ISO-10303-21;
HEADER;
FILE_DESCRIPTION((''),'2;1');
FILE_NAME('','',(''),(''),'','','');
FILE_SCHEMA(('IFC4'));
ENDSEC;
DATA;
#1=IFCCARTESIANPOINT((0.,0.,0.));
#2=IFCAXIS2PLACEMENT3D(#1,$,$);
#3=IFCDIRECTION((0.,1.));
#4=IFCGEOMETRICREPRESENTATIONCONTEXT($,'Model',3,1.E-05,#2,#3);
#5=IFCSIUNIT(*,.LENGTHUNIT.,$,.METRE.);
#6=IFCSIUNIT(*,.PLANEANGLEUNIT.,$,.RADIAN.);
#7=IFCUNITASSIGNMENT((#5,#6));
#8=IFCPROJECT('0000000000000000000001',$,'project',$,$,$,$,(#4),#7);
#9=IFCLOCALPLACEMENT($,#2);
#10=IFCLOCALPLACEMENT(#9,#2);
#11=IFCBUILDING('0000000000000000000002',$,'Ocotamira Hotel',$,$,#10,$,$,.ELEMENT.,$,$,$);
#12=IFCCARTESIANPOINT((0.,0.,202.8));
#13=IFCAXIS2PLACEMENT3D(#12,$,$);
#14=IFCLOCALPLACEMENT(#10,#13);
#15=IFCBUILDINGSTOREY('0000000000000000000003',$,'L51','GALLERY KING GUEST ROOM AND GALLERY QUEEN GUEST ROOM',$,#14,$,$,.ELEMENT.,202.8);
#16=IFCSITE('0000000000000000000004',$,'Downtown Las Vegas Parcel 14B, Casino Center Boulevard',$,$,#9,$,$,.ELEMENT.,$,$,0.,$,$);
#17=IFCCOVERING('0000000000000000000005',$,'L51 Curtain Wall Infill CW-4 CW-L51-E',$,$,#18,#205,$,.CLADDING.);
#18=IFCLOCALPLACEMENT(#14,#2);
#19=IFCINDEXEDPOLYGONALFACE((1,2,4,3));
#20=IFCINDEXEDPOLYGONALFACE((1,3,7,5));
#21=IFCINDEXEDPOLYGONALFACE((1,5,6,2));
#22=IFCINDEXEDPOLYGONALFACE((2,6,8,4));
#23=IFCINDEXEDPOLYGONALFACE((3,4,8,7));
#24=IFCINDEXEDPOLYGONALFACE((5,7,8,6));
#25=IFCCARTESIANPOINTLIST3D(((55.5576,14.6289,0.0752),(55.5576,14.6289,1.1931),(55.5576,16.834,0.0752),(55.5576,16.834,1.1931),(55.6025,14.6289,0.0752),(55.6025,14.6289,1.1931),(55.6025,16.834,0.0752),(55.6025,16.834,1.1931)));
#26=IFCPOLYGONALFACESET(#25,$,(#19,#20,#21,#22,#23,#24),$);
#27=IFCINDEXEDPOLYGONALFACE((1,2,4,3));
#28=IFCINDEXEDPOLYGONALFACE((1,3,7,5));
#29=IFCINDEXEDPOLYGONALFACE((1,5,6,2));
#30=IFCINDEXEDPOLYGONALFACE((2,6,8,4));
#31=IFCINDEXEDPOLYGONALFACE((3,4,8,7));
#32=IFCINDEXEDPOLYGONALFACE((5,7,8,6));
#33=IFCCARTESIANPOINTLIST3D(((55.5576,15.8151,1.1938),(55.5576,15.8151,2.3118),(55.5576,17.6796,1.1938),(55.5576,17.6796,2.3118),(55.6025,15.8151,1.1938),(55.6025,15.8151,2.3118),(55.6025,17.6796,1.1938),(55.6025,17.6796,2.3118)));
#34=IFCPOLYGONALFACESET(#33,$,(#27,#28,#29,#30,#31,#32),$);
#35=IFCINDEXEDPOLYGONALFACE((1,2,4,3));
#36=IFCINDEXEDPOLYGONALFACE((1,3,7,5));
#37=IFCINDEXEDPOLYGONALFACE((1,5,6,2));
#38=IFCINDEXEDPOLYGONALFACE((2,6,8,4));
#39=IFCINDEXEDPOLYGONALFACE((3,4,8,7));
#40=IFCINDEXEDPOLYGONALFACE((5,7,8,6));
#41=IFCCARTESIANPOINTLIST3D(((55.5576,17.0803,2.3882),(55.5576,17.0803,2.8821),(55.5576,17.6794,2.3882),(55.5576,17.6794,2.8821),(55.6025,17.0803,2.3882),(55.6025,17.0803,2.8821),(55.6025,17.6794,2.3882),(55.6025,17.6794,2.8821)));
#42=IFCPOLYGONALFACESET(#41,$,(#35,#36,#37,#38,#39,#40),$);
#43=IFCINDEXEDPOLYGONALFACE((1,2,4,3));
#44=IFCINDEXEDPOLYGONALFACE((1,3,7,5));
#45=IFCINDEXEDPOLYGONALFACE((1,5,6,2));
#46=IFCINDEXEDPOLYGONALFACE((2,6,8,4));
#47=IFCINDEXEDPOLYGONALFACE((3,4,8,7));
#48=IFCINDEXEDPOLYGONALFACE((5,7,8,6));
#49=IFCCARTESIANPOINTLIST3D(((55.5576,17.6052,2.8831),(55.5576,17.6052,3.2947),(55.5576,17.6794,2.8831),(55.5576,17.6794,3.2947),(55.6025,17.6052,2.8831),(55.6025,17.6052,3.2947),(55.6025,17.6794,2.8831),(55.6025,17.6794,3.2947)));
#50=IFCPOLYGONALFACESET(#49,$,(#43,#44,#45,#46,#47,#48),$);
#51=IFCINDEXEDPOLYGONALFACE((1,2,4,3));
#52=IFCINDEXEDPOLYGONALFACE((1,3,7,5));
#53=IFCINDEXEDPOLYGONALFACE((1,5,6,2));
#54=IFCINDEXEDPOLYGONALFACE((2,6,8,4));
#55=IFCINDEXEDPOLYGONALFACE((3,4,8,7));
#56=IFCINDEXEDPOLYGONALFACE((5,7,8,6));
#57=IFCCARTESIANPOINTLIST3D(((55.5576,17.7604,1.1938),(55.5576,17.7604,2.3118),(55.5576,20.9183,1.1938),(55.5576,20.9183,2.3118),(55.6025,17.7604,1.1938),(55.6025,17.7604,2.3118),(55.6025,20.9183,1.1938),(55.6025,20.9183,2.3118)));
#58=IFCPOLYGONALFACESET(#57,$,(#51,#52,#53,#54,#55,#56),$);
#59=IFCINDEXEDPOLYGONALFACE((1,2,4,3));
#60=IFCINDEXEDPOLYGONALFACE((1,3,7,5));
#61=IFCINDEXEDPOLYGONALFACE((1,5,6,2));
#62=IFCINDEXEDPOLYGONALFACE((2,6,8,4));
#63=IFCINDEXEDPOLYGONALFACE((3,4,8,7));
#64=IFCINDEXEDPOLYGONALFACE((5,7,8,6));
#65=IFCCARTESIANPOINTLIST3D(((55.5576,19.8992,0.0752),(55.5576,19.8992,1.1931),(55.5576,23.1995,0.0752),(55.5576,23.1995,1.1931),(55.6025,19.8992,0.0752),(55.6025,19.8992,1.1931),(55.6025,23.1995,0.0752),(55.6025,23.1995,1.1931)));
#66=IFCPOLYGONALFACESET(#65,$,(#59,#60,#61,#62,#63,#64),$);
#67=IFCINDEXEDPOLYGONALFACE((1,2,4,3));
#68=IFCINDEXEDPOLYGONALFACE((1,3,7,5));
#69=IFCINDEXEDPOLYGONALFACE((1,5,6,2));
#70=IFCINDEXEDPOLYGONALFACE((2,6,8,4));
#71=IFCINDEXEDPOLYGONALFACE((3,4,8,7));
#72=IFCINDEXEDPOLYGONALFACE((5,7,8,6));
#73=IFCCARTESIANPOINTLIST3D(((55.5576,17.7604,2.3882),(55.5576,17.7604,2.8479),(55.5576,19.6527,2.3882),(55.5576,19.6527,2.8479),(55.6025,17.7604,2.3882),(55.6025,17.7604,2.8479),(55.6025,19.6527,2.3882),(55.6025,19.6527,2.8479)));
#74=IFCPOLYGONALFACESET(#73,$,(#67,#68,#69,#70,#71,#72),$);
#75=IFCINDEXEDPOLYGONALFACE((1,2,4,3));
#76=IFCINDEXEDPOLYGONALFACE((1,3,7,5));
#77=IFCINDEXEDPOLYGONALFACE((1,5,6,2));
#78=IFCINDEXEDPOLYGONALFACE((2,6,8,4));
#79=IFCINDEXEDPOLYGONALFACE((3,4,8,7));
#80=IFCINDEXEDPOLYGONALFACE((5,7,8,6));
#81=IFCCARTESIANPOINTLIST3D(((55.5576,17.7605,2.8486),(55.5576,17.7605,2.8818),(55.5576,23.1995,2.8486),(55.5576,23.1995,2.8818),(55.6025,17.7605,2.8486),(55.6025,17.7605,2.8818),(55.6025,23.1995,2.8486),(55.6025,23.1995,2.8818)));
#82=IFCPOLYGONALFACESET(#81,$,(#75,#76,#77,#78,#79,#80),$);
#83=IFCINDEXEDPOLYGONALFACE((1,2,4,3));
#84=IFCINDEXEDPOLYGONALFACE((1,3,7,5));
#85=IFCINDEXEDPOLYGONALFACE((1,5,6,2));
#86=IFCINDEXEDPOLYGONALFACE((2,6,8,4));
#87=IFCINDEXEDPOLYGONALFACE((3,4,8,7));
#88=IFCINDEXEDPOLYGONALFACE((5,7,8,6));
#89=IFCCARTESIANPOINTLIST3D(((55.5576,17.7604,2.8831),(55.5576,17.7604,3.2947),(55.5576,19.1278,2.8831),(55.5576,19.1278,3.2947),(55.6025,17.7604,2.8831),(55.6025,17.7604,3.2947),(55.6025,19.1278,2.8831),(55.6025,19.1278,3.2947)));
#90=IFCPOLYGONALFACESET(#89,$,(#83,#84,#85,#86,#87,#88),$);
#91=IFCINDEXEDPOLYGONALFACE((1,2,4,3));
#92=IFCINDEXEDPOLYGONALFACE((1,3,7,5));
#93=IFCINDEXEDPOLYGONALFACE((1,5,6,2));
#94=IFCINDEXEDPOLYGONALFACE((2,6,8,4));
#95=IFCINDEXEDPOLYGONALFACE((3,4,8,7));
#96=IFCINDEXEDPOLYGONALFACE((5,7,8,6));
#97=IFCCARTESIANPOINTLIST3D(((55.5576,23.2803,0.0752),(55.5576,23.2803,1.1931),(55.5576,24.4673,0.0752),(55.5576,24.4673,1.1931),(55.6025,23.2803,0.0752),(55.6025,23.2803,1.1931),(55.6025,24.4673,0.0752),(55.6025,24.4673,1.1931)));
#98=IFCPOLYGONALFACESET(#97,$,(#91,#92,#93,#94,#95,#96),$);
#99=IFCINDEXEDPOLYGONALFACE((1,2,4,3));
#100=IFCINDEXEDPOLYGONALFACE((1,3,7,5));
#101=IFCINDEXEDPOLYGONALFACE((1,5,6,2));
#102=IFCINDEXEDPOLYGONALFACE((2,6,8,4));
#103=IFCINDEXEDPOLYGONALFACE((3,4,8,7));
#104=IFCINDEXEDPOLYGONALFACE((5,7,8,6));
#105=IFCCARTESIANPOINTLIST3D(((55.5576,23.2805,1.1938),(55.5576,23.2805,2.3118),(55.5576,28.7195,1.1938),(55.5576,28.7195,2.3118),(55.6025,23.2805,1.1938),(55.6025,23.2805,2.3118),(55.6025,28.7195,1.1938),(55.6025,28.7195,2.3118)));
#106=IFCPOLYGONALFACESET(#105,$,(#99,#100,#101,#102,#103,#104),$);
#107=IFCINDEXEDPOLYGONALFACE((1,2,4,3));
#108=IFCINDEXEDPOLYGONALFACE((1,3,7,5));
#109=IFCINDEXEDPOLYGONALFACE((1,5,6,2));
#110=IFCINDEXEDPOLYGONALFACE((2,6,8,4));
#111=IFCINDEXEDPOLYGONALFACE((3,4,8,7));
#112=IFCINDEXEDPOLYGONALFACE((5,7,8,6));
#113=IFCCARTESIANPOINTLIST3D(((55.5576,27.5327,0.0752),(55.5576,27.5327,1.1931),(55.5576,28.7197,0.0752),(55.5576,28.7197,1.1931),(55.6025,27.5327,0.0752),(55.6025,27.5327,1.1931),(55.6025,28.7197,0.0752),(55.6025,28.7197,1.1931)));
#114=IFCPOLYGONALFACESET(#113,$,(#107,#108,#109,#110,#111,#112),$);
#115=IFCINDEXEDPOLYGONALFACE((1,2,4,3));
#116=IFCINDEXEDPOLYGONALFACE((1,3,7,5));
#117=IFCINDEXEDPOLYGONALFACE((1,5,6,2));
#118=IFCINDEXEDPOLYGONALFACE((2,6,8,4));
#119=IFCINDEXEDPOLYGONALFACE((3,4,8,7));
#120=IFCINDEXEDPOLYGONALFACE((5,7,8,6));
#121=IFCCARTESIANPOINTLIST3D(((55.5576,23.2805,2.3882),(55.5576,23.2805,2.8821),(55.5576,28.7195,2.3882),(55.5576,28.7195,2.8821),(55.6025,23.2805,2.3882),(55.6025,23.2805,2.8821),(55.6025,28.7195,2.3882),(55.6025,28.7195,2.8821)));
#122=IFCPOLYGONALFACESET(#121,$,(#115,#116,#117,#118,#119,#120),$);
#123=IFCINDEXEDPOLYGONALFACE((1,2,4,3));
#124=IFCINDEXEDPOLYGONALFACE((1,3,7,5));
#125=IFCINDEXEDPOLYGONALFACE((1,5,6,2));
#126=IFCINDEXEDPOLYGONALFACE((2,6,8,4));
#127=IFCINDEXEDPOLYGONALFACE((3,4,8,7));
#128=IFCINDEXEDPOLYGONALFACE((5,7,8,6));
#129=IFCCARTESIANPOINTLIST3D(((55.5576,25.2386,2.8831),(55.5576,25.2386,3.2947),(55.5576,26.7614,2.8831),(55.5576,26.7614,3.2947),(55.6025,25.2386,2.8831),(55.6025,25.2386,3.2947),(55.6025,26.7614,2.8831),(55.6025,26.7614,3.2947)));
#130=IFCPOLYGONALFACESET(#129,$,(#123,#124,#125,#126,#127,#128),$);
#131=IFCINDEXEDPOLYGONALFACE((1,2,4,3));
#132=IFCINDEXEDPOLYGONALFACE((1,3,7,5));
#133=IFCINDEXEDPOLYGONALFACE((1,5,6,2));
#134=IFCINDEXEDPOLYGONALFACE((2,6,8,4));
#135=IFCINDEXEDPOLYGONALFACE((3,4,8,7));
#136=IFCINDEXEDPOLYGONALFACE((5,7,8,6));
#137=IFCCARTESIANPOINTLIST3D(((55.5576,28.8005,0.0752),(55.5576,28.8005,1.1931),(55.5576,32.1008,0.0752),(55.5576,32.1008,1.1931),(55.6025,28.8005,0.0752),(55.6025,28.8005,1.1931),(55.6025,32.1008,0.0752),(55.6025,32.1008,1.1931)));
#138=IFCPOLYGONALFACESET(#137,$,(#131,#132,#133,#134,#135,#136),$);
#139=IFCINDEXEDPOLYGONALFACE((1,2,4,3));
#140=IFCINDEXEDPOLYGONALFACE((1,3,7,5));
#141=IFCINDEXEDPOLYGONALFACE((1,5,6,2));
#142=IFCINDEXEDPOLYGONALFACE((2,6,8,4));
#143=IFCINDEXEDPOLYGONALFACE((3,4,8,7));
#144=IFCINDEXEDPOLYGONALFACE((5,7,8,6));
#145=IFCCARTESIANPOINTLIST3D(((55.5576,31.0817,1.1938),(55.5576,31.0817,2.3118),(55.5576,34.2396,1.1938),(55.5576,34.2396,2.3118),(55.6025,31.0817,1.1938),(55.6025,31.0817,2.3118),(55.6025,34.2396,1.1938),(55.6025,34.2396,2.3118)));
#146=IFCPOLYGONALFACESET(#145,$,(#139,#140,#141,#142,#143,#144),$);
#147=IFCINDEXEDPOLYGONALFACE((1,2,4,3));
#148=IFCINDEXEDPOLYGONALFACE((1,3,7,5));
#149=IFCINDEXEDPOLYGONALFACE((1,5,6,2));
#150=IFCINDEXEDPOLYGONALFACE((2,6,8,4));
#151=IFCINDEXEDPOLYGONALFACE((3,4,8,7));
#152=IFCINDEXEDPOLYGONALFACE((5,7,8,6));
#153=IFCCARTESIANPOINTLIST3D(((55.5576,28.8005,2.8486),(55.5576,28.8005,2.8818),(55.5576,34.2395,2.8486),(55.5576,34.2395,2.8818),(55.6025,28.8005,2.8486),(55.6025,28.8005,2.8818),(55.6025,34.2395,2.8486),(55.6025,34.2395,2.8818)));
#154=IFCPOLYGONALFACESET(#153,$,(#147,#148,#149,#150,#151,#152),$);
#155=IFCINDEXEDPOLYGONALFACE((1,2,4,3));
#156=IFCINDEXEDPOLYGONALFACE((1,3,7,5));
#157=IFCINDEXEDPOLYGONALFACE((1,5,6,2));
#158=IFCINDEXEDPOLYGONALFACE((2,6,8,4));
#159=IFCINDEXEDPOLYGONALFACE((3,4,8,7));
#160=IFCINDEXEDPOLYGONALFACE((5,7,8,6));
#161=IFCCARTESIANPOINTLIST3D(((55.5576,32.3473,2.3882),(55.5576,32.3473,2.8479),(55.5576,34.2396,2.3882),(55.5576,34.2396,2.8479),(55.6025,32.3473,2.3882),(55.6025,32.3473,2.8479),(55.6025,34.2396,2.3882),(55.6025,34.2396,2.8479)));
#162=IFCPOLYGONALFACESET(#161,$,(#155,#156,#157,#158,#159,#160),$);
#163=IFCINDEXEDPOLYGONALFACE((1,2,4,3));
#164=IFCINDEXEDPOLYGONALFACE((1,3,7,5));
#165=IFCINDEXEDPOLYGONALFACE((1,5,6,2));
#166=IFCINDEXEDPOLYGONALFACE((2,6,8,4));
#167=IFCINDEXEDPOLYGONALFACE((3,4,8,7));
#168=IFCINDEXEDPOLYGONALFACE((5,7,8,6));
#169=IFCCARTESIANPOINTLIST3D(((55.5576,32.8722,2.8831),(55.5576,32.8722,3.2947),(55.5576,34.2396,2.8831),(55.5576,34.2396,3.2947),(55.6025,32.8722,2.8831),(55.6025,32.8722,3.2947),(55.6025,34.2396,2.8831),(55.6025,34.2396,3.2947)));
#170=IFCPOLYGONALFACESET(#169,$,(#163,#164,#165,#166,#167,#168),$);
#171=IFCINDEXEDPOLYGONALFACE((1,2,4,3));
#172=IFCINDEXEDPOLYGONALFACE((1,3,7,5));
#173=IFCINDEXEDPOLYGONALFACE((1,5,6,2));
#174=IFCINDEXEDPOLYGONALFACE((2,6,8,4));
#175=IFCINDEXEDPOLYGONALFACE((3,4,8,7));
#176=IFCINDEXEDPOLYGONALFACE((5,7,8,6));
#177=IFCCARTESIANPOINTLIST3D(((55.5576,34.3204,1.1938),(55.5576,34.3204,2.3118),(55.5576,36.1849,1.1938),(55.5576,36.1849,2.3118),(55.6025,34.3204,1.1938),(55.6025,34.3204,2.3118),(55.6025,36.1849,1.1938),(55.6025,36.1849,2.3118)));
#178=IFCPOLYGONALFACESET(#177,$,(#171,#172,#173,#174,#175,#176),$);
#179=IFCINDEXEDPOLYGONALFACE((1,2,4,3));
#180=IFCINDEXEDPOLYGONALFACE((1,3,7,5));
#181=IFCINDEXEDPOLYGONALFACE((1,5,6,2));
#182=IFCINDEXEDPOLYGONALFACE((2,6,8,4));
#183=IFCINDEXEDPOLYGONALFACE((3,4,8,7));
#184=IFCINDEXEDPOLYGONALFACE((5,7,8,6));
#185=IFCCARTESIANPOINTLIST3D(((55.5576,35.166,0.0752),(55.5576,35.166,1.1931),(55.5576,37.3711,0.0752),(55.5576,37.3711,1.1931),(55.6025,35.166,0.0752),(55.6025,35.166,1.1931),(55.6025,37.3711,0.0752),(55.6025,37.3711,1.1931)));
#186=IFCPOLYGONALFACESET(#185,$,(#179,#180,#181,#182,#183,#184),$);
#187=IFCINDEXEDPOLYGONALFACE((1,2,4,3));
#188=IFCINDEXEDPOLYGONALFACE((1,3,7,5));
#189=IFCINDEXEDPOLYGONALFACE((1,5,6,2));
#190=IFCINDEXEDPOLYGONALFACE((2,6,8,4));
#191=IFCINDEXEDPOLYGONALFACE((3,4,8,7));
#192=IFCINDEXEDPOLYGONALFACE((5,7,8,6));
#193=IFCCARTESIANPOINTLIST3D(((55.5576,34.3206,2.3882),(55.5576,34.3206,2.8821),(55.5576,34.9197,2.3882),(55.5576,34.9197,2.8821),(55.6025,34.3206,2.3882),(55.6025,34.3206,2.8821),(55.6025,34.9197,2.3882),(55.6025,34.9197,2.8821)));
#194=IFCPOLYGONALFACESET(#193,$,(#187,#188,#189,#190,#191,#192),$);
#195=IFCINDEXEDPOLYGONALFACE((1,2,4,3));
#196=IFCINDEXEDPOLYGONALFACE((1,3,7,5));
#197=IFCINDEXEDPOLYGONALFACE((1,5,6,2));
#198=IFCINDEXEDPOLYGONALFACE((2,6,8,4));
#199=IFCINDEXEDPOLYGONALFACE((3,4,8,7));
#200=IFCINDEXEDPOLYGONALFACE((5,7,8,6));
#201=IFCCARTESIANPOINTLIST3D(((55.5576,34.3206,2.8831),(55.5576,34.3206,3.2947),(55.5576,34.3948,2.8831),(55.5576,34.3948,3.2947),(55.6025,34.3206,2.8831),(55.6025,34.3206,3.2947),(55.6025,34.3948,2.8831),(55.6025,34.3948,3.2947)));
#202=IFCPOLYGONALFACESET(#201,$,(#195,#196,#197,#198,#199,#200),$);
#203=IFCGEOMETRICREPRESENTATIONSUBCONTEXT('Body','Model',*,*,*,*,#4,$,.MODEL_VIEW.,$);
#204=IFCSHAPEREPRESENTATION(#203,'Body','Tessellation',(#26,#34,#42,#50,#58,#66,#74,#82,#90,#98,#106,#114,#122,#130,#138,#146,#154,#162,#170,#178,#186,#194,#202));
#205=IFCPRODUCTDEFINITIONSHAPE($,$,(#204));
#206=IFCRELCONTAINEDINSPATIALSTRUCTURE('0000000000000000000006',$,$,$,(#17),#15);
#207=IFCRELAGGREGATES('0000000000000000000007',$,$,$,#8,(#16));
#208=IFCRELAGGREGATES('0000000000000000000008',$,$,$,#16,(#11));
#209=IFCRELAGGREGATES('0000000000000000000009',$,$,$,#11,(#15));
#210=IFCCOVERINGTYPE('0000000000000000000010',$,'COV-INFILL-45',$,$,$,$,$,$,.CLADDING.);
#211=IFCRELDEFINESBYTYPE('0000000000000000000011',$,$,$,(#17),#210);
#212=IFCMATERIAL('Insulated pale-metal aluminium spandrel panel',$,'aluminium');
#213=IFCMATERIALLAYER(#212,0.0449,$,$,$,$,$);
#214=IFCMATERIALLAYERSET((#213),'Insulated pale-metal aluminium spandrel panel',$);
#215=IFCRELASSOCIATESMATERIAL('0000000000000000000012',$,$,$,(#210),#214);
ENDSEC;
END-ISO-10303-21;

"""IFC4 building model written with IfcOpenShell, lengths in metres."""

from ifc_helpers import new_model, si_unit, direction, frame, origin, origin_2d, place, context, subcontext, project, spatial, rectangle, extrude, material, layer, layer_set, type_object, element, save


model = new_model("IFC4")

# Units and contexts
model_context = context("Model", 3, precision=1e-05, world=origin(), true_north=direction((0.0, 1.0)))
body_context = subcontext(model_context, "Body", "Model", "MODEL_VIEW")
ifc_project = project(units=[si_unit("LENGTHUNIT", "METRE"), si_unit("PLANEANGLEUNIT", "RADIAN")], contexts=[model_context])

# Site, building, storey
site_placement = place(None, origin())
site = spatial("IfcSite", under=ifc_project, at=site_placement, Name="Downtown Las Vegas Parcel 14B, Casino Center Boulevard", CompositionType="ELEMENT", RefElevation=0.0)
building_placement = place(site_placement, origin())
building = spatial("IfcBuilding", under=site, at=building_placement, Name="Ocotamira Hotel", CompositionType="ELEMENT")
storey_placement = place(building_placement, frame((0.0, 0.0, 202.8)))
storey = spatial("IfcBuildingStorey", under=building, at=storey_placement, Name="L51", Description="GALLERY KING GUEST ROOM AND GALLERY QUEEN GUEST ROOM", CompositionType="ELEMENT", Elevation=202.8)

# Covering
ifc_material_1 = material(Name="Insulated pale-metal aluminium spandrel panel", Category="aluminium")
ifc_layer_1 = layer(ifc_material_1, 0.0449)
ifc_layer_set_1 = layer_set([ifc_layer_1], Name="Insulated pale-metal aluminium spandrel panel")
covering_type_1 = type_object("IfcCoveringType", Name="COV-INFILL-45", PredefinedType="CLADDING", material=ifc_layer_set_1)
covering_1_placement = place(storey_placement, origin())
element("IfcCovering", 1, at=covering_1_placement, inside=storey, type_object=covering_type_1, Name="L51 Curtain Wall Infill CW-4 CW-L51-E", PredefinedType="CLADDING", context=body_context, shape_type="SweptSolid", body=[
    extrude(rectangle(XDim=2.2051, YDim=0.0449, at=origin_2d()), frame((55.5801, 15.7314, 0.0752), z_axis=(0.0, 0.0, 1.0), x_axis=(0.0, 1.0, 0.0)), (0.0, 0.0, 1.0), 1.1179),
    extrude(rectangle(XDim=1.8645, YDim=0.0449, at=origin_2d()), frame((55.5801, 16.7473, 1.1938), z_axis=(0.0, 0.0, 1.0), x_axis=(0.0, 1.0, 0.0)), (0.0, 0.0, 1.0), 1.1179),
    extrude(rectangle(XDim=0.5991, YDim=0.0449, at=origin_2d()), frame((55.5801, 17.3799, 2.3882), z_axis=(0.0, 0.0, 1.0), x_axis=(0.0, 1.0, 0.0)), (0.0, 0.0, 1.0), 0.4939),
    extrude(rectangle(XDim=0.0742, YDim=0.0449, at=origin_2d()), frame((55.5801, 17.6423, 2.8831), z_axis=(0.0, 0.0, 1.0), x_axis=(0.0, 1.0, 0.0)), (0.0, 0.0, 1.0), 0.4116),
    extrude(rectangle(XDim=3.158, YDim=0.0449, at=origin_2d()), frame((55.5801, 19.3394, 1.1938), z_axis=(0.0, 0.0, 1.0), x_axis=(0.0, 1.0, 0.0)), (0.0, 0.0, 1.0), 1.1179),
    extrude(rectangle(XDim=3.3003, YDim=0.0449, at=origin_2d()), frame((55.5801, 21.5493, 0.0752), z_axis=(0.0, 0.0, 1.0), x_axis=(0.0, 1.0, 0.0)), (0.0, 0.0, 1.0), 1.1179),
    extrude(rectangle(XDim=1.8923, YDim=0.0449, at=origin_2d()), frame((55.5801, 18.7065, 2.3882), z_axis=(0.0, 0.0, 1.0), x_axis=(0.0, 1.0, 0.0)), (0.0, 0.0, 1.0), 0.4597),
    extrude(rectangle(XDim=5.439, YDim=0.0449, at=origin_2d()), frame((55.5801, 20.48, 2.8486), z_axis=(0.0, 0.0, 1.0), x_axis=(0.0, 1.0, 0.0)), (0.0, 0.0, 1.0), 0.0332),
    extrude(rectangle(XDim=1.3674, YDim=0.0449, at=origin_2d()), frame((55.5801, 18.4441, 2.8831), z_axis=(0.0, 0.0, 1.0), x_axis=(0.0, 1.0, 0.0)), (0.0, 0.0, 1.0), 0.4116),
    extrude(rectangle(XDim=1.187, YDim=0.0449, at=origin_2d()), frame((55.5801, 23.8738, 0.0752), z_axis=(0.0, 0.0, 1.0), x_axis=(0.0, 1.0, 0.0)), (0.0, 0.0, 1.0), 1.1179),
    extrude(rectangle(XDim=5.439, YDim=0.0449, at=origin_2d()), frame((55.5801, 26.0, 1.1938), z_axis=(0.0, 0.0, 1.0), x_axis=(0.0, 1.0, 0.0)), (0.0, 0.0, 1.0), 1.1179),
    extrude(rectangle(XDim=1.187, YDim=0.0449, at=origin_2d()), frame((55.5801, 28.1262, 0.0752), z_axis=(0.0, 0.0, 1.0), x_axis=(0.0, 1.0, 0.0)), (0.0, 0.0, 1.0), 1.1179),
    extrude(rectangle(XDim=5.439, YDim=0.0449, at=origin_2d()), frame((55.5801, 26.0, 2.3882), z_axis=(0.0, 0.0, 1.0), x_axis=(0.0, 1.0, 0.0)), (0.0, 0.0, 1.0), 0.4939),
    extrude(rectangle(XDim=1.5227, YDim=0.0449, at=origin_2d()), frame((55.5801, 26.0, 2.8831), z_axis=(0.0, 0.0, 1.0), x_axis=(0.0, 1.0, 0.0)), (0.0, 0.0, 1.0), 0.4116),
    extrude(rectangle(XDim=3.3003, YDim=0.0449, at=origin_2d()), frame((55.5801, 30.4507, 0.0752), z_axis=(0.0, 0.0, 1.0), x_axis=(0.0, 1.0, 0.0)), (0.0, 0.0, 1.0), 1.1179),
    extrude(rectangle(XDim=3.158, YDim=0.0449, at=origin_2d()), frame((55.5801, 32.6606, 1.1938), z_axis=(0.0, 0.0, 1.0), x_axis=(0.0, 1.0, 0.0)), (0.0, 0.0, 1.0), 1.1179),
    extrude(rectangle(XDim=5.439, YDim=0.0449, at=origin_2d()), frame((55.5801, 31.52, 2.8486), z_axis=(0.0, 0.0, 1.0), x_axis=(0.0, 1.0, 0.0)), (0.0, 0.0, 1.0), 0.0332),
    extrude(rectangle(XDim=1.8923, YDim=0.0449, at=origin_2d()), frame((55.5801, 33.2935, 2.3882), z_axis=(0.0, 0.0, 1.0), x_axis=(0.0, 1.0, 0.0)), (0.0, 0.0, 1.0), 0.4597),
    extrude(rectangle(XDim=1.3674, YDim=0.0449, at=origin_2d()), frame((55.5801, 33.5559, 2.8831), z_axis=(0.0, 0.0, 1.0), x_axis=(0.0, 1.0, 0.0)), (0.0, 0.0, 1.0), 0.4116),
    extrude(rectangle(XDim=1.8645, YDim=0.0449, at=origin_2d()), frame((55.5801, 35.2527, 1.1938), z_axis=(0.0, 0.0, 1.0), x_axis=(0.0, 1.0, 0.0)), (0.0, 0.0, 1.0), 1.1179),
    extrude(rectangle(XDim=2.2051, YDim=0.0449, at=origin_2d()), frame((55.5801, 36.2686, 0.0752), z_axis=(0.0, 0.0, 1.0), x_axis=(0.0, 1.0, 0.0)), (0.0, 0.0, 1.0), 1.1179),
    extrude(rectangle(XDim=0.5991, YDim=0.0449, at=origin_2d()), frame((55.5801, 34.6201, 2.3882), z_axis=(0.0, 0.0, 1.0), x_axis=(0.0, 1.0, 0.0)), (0.0, 0.0, 1.0), 0.4939),
    extrude(rectangle(XDim=0.0742, YDim=0.0449, at=origin_2d()), frame((55.5801, 34.3577, 2.8831), z_axis=(0.0, 0.0, 1.0), x_axis=(0.0, 1.0, 0.0)), (0.0, 0.0, 1.0), 0.4116),
])

save(model, "model.ifc")
